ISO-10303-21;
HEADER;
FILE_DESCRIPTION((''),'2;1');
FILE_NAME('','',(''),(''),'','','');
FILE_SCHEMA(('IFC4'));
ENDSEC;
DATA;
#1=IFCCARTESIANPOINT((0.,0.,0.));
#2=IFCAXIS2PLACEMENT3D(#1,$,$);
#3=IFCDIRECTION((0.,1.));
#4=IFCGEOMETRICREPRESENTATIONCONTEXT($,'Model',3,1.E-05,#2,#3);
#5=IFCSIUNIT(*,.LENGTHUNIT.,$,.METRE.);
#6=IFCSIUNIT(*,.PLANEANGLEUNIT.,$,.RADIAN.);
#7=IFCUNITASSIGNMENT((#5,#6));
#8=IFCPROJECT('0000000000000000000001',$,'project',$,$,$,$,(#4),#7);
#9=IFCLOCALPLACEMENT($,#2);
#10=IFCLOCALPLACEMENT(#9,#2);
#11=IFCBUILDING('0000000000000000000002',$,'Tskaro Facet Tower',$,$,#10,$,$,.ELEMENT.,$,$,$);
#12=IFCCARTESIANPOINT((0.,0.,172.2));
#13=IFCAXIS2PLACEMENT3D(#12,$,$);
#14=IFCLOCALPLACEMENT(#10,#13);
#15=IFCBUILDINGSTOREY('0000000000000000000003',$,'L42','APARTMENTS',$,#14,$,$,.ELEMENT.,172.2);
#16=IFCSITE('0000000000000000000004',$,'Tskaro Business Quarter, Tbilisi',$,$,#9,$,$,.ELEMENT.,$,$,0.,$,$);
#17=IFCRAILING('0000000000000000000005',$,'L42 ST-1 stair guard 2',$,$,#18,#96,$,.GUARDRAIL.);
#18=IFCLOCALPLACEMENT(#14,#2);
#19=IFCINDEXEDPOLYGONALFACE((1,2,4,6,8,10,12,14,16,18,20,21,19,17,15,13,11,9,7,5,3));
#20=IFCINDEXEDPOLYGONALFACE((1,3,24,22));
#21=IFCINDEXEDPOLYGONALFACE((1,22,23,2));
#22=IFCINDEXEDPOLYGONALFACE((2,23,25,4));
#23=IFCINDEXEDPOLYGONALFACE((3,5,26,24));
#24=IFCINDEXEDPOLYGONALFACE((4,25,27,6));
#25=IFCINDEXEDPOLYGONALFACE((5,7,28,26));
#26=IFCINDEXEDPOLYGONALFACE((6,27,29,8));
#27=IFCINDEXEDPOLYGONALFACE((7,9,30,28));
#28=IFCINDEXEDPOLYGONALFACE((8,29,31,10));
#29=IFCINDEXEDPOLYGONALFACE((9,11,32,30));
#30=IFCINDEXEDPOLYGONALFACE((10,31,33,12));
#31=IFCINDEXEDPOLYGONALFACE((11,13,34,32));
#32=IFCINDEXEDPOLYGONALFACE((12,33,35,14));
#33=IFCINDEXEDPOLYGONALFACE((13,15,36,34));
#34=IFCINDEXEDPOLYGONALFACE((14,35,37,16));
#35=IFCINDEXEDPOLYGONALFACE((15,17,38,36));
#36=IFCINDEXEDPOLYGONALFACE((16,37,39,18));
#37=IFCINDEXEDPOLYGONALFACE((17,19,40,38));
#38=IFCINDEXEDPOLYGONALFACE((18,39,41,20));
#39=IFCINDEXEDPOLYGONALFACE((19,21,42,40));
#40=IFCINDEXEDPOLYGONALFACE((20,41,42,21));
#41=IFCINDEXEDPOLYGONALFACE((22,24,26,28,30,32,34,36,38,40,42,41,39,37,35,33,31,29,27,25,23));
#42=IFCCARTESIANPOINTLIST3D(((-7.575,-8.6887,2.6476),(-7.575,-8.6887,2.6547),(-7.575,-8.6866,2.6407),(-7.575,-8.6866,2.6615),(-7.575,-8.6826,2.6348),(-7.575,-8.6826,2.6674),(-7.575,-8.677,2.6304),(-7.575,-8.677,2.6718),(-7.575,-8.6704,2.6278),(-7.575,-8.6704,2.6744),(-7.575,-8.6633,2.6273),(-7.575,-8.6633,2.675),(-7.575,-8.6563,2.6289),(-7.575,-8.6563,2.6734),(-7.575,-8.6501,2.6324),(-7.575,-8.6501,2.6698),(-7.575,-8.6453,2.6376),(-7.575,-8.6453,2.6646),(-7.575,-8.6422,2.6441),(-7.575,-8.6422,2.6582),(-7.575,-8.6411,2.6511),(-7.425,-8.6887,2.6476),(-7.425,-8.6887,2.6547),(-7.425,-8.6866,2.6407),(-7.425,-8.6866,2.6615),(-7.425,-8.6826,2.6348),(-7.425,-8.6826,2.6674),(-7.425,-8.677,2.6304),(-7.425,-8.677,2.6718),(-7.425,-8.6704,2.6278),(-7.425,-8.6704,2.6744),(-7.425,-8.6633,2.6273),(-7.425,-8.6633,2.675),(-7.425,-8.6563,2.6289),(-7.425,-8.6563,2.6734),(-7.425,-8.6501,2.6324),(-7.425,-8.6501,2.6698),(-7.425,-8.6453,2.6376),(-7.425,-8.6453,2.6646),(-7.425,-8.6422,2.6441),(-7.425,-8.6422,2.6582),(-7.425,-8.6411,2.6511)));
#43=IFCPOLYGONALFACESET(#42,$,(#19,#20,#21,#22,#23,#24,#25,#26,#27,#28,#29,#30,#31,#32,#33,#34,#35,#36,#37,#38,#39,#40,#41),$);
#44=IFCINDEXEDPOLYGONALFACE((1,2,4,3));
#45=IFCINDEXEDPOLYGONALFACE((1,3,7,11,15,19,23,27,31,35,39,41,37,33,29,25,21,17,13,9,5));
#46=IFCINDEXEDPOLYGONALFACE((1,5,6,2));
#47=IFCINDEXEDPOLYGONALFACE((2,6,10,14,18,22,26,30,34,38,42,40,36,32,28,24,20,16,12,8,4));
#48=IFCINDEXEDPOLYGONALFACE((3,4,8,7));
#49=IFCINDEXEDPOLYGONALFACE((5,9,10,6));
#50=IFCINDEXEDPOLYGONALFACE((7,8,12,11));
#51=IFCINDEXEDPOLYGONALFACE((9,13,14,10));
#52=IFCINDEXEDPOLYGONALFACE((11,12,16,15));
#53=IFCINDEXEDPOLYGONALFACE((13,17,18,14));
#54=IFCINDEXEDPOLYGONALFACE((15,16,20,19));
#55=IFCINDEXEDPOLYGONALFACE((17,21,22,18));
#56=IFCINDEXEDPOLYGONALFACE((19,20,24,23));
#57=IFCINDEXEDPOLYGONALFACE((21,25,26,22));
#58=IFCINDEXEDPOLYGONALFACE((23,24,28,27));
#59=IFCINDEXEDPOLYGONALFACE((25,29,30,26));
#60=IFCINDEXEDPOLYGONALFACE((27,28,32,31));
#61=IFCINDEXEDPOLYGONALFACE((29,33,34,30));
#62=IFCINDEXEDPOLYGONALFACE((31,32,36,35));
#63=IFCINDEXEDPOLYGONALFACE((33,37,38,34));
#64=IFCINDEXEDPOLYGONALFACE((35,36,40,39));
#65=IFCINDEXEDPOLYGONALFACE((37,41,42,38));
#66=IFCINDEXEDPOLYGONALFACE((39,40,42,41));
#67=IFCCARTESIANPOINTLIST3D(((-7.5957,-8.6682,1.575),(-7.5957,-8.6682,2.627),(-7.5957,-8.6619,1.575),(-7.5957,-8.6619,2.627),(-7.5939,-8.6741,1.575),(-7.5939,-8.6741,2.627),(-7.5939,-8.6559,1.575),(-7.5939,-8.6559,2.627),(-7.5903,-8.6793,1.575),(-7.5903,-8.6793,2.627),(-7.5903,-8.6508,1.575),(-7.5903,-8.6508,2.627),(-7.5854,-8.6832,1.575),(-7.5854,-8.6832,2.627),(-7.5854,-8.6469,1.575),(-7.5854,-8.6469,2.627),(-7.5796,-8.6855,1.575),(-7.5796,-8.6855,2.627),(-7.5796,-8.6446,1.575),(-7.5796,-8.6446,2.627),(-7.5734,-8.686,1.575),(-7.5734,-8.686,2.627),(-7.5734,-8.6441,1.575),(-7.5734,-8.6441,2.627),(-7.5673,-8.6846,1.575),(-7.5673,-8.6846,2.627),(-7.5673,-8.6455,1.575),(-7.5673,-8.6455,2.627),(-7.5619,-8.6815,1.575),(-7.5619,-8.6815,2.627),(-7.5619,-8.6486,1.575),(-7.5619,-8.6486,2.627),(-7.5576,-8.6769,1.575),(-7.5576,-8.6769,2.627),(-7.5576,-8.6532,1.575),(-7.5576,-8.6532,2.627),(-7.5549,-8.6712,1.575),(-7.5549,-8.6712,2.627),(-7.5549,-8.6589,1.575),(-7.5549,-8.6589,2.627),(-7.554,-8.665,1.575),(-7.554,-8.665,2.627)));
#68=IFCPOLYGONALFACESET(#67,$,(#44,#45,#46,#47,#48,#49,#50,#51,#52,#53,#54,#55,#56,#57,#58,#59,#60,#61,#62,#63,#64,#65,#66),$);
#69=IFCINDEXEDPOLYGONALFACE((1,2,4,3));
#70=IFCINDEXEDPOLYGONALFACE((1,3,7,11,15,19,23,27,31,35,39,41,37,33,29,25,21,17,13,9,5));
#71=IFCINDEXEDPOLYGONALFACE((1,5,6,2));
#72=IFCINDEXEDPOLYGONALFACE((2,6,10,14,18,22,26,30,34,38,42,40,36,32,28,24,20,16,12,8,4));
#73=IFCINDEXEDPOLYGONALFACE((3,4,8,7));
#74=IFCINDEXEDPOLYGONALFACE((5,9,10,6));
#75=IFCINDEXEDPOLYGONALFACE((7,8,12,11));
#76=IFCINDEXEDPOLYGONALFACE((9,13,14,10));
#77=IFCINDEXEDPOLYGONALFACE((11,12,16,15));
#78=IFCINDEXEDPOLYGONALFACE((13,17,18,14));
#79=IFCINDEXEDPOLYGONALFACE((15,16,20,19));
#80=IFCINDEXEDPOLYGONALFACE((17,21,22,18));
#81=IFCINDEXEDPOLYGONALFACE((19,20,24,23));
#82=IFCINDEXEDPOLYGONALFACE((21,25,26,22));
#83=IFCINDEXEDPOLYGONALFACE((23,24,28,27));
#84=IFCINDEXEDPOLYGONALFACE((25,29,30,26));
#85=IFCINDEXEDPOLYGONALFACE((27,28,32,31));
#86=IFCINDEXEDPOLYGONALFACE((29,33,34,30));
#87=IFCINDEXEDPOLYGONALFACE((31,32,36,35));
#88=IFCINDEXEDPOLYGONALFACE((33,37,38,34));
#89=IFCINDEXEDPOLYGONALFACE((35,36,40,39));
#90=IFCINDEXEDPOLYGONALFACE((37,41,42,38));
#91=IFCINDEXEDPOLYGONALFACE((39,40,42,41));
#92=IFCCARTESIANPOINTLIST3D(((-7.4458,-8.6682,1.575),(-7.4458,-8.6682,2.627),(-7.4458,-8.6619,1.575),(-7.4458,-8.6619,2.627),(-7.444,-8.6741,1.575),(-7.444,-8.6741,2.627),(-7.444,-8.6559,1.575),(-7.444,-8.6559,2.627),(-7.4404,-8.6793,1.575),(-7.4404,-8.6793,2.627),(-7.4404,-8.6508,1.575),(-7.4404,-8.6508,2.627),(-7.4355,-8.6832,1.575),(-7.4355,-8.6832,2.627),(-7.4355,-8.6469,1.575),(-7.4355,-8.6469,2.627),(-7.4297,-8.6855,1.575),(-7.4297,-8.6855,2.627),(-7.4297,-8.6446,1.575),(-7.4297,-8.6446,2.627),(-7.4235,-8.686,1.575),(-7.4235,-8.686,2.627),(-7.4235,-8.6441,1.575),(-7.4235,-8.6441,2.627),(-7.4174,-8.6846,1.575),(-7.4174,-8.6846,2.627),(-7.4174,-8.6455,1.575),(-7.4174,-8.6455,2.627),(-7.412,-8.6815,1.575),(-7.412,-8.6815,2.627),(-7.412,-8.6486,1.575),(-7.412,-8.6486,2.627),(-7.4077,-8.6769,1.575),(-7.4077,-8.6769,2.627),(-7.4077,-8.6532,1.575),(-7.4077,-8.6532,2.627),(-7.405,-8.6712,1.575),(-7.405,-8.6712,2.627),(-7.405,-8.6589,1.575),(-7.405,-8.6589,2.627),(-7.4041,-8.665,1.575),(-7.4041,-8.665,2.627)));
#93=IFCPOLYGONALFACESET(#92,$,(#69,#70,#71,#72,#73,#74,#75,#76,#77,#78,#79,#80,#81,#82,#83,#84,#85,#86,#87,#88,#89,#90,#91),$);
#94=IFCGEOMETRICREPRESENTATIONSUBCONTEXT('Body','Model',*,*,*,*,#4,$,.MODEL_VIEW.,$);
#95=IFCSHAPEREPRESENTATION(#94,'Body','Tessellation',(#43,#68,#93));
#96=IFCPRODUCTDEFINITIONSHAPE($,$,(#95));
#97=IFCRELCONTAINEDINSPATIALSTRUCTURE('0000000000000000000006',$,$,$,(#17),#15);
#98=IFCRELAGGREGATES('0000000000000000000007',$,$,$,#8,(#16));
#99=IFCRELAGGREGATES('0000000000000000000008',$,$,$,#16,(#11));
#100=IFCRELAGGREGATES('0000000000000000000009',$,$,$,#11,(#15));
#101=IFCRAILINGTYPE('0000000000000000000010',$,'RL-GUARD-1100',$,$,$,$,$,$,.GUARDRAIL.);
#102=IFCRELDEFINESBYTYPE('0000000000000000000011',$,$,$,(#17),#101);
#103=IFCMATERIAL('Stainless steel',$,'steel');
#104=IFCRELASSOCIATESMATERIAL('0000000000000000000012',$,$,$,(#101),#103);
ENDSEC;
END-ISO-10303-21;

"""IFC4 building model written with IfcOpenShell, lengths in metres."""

from ifc_helpers import new_model, si_unit, direction, frame, origin, origin_2d, place, context, subcontext, project, spatial, circle, extrude, material, type_object, element, save


model = new_model("IFC4")

# Units and contexts
model_context = context("Model", 3, precision=1e-05, world=origin(), true_north=direction((0.0, 1.0)))
body_context = subcontext(model_context, "Body", "Model", "MODEL_VIEW")
ifc_project = project(units=[si_unit("LENGTHUNIT", "METRE"), si_unit("PLANEANGLEUNIT", "RADIAN")], contexts=[model_context])

# Site, building, storey
site_placement = place(None, origin())
site = spatial("IfcSite", under=ifc_project, at=site_placement, Name="Tskaro Business Quarter, Tbilisi", CompositionType="ELEMENT", RefElevation=0.0)
building_placement = place(site_placement, origin())
building = spatial("IfcBuilding", under=site, at=building_placement, Name="Tskaro Facet Tower", CompositionType="ELEMENT")
storey_placement = place(building_placement, frame((0.0, 0.0, 172.2)))
storey = spatial("IfcBuildingStorey", under=building, at=storey_placement, Name="L42", Description="APARTMENTS", CompositionType="ELEMENT", Elevation=172.2)

# Shared definitions
ifc_material_1 = material(Name="Stainless steel", Category="steel")

# Railing
railing_type_1 = type_object("IfcRailingType", Name="RL-GUARD-1100", PredefinedType="GUARDRAIL", material=ifc_material_1)
railing_1_placement = place(storey_placement, frame((-7.575, -8.665, 1.575)))
element("IfcRailing", 1, at=railing_1_placement, inside=storey, type_object=railing_type_1, Name="L42 ST-1 stair guard 2", PredefinedType="GUARDRAIL", context=body_context, shape_type="SweptSolid", body=[
    extrude(circle(Radius=0.0239, at=origin_2d()), frame((0.0, 0.0, 1.0762), z_axis=(1.0, 0.0, 0.0), x_axis=(0.0, 1.0, 0.0)), (0.0, 0.0, 1.0), 0.1499),
    extrude(circle(Radius=0.021, at=origin_2d()), origin(), (0.0, 0.0, 1.0), 1.052),
    extrude(circle(Radius=0.021, at=origin_2d()), frame((0.1499, 0.0, 0.0)), (0.0, 0.0, 1.0), 1.052),
])

save(model, "model.ifc")
